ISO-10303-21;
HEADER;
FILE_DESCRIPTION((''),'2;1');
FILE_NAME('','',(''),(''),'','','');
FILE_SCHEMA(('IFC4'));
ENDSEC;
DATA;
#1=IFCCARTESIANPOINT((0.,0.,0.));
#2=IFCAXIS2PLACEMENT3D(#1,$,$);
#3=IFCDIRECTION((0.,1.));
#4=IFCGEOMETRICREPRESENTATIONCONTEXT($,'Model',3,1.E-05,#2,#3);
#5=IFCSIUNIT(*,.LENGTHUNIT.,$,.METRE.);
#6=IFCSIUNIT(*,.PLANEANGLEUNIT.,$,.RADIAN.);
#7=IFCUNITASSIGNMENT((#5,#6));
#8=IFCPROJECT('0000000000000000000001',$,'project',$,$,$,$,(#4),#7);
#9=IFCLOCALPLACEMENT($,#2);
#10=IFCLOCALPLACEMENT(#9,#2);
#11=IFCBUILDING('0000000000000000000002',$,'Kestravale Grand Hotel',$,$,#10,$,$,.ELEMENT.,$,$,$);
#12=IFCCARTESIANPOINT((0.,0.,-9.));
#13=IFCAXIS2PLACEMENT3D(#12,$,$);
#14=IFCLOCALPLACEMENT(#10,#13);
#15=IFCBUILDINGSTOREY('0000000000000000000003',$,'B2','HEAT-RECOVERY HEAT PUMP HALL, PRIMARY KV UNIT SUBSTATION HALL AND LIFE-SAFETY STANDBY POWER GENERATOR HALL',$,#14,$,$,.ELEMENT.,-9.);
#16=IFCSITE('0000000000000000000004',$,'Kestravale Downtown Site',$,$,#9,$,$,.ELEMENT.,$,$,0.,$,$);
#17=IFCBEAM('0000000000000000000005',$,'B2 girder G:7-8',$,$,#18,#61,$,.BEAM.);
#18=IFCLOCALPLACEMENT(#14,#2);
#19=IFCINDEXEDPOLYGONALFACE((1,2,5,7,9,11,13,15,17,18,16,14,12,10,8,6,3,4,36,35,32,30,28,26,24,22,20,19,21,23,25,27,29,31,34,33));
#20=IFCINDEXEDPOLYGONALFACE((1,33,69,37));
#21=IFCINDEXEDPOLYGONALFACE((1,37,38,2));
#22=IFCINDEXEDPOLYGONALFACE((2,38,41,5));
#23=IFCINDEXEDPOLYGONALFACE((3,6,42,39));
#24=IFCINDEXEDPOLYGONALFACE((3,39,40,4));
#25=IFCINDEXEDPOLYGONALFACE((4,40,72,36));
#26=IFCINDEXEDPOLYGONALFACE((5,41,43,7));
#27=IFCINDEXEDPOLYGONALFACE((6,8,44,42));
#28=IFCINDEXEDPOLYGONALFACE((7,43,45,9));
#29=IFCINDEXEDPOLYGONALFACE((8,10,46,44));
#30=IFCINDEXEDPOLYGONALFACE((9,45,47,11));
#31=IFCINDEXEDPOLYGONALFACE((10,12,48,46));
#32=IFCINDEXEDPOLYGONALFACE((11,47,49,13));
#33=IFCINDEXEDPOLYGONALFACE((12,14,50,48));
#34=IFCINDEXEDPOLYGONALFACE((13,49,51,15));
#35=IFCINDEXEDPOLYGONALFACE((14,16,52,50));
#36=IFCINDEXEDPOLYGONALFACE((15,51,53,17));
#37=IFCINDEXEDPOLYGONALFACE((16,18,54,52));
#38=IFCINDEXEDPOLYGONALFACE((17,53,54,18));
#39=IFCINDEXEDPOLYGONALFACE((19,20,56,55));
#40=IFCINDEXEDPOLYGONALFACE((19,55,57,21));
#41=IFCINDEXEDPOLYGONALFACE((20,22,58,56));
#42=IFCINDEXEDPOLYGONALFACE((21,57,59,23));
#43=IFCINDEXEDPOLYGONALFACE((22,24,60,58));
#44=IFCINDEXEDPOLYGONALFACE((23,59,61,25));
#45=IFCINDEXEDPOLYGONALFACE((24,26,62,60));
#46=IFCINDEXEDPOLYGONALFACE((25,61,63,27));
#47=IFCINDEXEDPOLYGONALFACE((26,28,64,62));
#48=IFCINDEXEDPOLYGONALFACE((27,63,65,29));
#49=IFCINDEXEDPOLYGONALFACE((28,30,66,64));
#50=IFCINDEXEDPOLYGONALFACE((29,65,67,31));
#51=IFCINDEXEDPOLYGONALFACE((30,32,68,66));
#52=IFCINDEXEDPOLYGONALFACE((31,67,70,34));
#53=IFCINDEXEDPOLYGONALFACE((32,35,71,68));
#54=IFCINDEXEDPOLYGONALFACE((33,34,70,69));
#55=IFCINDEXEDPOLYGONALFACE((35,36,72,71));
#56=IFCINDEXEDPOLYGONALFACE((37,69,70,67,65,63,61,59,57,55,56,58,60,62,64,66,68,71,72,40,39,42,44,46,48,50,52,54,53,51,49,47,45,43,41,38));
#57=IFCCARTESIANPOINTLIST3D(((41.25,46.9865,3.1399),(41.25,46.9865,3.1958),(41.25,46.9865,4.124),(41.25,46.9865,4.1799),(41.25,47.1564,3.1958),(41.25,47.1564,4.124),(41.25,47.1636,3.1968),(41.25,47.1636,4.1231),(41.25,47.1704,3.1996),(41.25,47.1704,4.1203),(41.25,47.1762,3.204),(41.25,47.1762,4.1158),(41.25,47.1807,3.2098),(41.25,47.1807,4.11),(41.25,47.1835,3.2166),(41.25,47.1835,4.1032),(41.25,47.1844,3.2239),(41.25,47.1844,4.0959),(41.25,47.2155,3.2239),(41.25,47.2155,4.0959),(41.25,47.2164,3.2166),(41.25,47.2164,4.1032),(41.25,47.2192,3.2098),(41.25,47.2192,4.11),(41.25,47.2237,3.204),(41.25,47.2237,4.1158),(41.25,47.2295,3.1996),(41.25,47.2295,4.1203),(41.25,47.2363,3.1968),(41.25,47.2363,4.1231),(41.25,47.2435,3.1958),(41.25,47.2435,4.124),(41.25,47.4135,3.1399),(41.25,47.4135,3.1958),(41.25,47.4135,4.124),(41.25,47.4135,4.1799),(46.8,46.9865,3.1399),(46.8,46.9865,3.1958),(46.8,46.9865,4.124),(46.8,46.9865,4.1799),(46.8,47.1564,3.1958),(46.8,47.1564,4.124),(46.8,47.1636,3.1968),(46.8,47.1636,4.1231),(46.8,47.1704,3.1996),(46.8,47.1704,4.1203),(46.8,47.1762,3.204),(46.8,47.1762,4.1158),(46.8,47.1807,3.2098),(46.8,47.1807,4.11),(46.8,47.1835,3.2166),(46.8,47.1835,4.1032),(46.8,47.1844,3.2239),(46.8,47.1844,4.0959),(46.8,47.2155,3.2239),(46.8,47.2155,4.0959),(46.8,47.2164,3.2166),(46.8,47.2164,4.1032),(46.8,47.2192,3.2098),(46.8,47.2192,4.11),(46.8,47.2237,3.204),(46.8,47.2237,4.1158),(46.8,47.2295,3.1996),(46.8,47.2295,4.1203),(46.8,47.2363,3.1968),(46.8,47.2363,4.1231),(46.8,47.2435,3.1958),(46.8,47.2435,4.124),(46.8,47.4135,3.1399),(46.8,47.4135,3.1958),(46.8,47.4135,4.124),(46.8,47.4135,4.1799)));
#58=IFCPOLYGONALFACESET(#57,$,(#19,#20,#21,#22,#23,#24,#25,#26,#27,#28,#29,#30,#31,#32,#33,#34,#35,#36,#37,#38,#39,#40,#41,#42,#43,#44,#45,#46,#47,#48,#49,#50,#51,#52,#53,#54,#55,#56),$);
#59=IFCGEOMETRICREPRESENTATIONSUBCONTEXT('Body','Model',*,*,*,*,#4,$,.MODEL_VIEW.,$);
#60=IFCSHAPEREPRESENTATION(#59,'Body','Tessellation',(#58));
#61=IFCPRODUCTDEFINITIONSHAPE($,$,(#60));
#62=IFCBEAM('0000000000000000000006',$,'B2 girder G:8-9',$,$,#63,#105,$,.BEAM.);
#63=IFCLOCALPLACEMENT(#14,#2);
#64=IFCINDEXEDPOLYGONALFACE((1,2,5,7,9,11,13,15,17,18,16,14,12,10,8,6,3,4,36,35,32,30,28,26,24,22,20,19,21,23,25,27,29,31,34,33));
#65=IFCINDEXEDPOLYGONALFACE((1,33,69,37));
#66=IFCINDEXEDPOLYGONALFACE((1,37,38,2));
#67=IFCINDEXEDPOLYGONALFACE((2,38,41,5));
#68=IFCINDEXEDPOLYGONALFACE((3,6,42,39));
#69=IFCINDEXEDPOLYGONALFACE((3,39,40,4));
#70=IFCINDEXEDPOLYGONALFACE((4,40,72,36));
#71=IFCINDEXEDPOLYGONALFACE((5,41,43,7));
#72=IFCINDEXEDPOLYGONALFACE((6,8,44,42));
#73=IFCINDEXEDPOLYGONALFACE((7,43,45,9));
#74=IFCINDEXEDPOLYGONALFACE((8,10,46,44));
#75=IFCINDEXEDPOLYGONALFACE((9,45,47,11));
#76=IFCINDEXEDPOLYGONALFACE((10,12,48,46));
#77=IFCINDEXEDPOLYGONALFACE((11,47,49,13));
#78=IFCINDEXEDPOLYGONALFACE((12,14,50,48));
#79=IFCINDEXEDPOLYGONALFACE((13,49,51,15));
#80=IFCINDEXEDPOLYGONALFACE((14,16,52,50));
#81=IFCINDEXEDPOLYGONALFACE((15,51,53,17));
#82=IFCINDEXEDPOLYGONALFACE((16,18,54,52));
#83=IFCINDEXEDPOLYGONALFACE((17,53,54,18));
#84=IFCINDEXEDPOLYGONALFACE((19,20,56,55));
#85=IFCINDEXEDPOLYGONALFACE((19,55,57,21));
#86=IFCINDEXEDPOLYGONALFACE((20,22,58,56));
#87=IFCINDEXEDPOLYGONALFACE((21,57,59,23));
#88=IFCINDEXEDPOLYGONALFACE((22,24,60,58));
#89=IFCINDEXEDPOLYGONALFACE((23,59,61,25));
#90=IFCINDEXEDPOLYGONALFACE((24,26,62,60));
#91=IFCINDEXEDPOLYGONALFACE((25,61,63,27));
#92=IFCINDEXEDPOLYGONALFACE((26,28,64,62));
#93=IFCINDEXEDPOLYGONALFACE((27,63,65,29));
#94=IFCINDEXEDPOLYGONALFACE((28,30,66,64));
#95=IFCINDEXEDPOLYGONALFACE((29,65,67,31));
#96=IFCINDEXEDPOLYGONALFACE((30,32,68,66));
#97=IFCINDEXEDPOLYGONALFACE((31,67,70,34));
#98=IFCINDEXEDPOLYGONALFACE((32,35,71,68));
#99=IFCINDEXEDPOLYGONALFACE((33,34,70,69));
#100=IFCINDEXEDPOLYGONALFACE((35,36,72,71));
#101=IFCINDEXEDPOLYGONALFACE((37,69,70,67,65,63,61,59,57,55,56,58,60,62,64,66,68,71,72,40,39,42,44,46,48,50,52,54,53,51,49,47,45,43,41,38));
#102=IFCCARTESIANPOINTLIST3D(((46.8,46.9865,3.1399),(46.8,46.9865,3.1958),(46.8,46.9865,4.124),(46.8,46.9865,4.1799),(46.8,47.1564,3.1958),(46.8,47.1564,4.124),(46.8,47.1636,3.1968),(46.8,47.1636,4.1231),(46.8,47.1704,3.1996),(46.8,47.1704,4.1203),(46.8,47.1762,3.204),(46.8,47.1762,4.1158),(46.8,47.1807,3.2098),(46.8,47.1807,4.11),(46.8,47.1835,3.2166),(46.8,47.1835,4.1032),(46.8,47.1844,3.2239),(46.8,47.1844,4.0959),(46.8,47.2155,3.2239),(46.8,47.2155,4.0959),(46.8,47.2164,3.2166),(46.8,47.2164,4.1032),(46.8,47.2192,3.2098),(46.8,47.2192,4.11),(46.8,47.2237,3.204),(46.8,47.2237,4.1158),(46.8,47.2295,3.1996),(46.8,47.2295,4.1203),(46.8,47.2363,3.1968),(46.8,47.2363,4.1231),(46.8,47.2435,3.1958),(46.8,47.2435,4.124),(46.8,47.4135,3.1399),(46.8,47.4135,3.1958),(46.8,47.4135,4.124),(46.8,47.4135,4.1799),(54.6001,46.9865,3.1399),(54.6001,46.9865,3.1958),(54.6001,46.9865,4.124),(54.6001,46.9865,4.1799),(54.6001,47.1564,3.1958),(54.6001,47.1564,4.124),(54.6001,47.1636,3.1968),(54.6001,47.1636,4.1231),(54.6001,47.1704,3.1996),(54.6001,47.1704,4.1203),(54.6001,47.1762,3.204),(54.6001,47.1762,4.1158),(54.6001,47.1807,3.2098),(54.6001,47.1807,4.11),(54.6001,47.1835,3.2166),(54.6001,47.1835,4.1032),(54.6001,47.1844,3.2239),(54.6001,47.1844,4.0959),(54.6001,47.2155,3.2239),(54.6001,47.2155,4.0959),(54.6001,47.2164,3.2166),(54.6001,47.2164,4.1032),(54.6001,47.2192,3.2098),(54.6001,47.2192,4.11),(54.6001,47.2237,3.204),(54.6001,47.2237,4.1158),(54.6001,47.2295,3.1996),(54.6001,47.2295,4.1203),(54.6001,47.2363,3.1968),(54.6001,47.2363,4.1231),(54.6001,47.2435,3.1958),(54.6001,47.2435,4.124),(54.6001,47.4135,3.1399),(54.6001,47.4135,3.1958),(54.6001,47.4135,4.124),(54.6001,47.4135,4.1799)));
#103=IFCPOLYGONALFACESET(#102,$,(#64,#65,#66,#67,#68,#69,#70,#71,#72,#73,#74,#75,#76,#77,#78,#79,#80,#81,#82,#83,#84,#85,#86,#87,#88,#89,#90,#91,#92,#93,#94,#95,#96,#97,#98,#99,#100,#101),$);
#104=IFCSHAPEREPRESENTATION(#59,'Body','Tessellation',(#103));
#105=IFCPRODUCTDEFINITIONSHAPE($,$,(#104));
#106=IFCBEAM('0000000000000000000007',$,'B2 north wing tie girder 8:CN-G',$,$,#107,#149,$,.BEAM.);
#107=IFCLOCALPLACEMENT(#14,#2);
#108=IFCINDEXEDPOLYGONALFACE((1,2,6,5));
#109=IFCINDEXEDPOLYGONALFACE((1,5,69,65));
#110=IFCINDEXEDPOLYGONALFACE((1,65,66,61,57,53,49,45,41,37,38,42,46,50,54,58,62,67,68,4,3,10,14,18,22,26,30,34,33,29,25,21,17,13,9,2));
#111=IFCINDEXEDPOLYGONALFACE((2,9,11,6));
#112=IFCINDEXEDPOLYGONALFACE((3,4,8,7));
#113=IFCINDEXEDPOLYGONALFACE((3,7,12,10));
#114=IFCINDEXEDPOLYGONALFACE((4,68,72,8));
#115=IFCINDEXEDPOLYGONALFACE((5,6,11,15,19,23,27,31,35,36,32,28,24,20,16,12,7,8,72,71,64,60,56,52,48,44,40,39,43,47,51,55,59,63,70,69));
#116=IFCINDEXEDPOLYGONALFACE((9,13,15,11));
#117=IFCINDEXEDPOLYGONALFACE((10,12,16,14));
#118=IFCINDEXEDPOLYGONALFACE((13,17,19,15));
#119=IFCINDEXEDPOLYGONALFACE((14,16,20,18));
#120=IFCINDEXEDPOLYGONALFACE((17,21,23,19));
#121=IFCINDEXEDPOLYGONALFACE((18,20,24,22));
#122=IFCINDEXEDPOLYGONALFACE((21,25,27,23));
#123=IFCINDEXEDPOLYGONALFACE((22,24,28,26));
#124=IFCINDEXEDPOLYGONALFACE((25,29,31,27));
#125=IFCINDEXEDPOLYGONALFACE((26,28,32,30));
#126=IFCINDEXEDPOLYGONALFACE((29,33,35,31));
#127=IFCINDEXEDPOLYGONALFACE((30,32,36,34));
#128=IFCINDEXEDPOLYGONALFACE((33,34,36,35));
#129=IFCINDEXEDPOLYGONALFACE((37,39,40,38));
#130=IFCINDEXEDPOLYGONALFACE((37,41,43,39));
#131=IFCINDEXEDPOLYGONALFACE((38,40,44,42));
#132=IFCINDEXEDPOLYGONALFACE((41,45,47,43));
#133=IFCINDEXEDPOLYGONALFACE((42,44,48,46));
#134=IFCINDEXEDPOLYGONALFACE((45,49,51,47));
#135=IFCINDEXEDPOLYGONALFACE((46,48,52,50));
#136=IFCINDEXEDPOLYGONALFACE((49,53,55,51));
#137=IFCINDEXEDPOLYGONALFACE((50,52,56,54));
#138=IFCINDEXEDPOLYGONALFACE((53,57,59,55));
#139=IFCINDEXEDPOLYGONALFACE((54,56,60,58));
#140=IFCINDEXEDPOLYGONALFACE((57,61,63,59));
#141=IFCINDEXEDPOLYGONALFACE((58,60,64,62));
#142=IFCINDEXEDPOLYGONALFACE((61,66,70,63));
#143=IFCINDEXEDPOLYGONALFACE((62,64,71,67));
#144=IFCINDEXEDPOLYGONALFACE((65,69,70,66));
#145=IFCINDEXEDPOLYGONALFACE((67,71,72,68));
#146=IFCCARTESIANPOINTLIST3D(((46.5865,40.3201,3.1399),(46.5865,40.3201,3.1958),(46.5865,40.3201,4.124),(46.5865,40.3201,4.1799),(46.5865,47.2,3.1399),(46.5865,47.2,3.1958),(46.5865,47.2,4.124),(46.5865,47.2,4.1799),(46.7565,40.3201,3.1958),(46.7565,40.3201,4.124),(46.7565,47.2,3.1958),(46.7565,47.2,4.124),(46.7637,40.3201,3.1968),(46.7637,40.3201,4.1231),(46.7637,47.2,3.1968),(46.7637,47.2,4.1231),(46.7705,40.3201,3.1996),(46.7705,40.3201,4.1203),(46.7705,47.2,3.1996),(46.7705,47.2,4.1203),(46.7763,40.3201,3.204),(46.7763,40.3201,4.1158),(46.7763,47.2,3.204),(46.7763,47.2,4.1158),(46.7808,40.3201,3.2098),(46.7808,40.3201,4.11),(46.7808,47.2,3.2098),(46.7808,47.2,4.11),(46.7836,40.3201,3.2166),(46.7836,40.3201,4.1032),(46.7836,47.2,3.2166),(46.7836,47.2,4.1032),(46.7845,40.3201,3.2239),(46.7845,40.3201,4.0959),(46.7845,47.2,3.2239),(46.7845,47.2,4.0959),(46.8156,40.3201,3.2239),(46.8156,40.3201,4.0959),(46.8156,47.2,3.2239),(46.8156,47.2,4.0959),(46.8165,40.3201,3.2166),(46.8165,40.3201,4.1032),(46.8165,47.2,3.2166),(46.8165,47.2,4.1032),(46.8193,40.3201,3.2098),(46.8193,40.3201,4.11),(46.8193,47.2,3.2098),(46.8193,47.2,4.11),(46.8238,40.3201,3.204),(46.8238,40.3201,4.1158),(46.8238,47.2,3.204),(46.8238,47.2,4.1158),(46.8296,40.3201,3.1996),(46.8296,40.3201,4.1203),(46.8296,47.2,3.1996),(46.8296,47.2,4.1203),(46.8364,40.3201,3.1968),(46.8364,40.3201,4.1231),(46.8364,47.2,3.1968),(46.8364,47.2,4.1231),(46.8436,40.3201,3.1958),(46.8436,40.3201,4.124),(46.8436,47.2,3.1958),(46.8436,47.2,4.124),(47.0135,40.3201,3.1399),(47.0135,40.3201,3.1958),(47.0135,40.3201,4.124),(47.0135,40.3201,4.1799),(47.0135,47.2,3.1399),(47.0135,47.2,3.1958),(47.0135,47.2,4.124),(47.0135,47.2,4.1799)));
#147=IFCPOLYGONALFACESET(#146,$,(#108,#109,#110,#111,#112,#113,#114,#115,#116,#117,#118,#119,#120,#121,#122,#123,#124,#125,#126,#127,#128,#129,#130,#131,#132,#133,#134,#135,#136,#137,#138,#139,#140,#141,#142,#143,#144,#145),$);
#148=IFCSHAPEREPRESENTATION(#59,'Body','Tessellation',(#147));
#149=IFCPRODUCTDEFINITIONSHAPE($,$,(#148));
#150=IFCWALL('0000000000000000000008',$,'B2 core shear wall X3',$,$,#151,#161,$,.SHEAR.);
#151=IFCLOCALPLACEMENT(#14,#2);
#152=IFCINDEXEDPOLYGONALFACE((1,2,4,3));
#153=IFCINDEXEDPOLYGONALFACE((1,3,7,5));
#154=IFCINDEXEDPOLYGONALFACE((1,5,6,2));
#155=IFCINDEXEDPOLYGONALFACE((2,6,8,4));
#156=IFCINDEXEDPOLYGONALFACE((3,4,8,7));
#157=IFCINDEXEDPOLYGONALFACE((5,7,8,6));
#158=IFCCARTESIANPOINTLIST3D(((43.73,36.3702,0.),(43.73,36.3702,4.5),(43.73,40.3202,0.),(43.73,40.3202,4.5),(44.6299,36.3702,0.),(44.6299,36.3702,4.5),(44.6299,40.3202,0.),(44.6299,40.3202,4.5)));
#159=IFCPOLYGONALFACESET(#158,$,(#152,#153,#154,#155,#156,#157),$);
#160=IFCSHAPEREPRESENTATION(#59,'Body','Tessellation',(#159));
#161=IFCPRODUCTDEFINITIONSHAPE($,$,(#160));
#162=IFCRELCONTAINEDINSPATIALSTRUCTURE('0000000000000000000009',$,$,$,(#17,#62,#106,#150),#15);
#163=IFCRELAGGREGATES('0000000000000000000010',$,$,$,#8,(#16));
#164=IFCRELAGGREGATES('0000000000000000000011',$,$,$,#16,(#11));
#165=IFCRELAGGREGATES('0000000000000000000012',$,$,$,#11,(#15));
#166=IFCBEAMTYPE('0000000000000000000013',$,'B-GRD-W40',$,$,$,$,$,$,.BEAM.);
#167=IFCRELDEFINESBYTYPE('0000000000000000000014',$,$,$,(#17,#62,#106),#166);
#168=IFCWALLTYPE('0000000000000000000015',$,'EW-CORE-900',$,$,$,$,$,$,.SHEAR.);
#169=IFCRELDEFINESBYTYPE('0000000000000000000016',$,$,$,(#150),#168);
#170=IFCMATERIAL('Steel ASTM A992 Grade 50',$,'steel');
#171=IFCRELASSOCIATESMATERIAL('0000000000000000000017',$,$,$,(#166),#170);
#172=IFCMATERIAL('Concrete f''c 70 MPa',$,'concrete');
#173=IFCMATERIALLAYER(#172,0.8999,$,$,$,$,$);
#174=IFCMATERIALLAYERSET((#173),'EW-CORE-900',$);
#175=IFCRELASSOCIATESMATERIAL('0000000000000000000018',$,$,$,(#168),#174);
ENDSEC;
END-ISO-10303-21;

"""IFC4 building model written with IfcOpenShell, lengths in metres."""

from ifc_helpers import new_model, si_unit, direction, frame, frame_2d, origin, origin_2d, place, context, subcontext, project, spatial, rectangle, i_section, extrude, material, layer, layer_set, material_profile, profile_set, type_object, element, save


model = new_model("IFC4")

# Units and contexts
model_context = context("Model", 3, precision=1e-05, world=origin(), true_north=direction((0.0, 1.0)))
body_context = subcontext(model_context, "Body", "Model", "MODEL_VIEW")
ifc_project = project(units=[si_unit("LENGTHUNIT", "METRE"), si_unit("PLANEANGLEUNIT", "RADIAN")], contexts=[model_context])

# Site, building, storey
site_placement = place(None, origin())
site = spatial("IfcSite", under=ifc_project, at=site_placement, Name="Kestravale Downtown Site", CompositionType="ELEMENT", RefElevation=0.0)
building_placement = place(site_placement, origin())
building = spatial("IfcBuilding", under=site, at=building_placement, Name="Kestravale Grand Hotel", CompositionType="ELEMENT")
storey_placement = place(building_placement, frame((0.0, 0.0, -9.0)))
storey = spatial("IfcBuildingStorey", under=building, at=storey_placement, Name="B2", Description="HEAT-RECOVERY HEAT PUMP HALL, PRIMARY KV UNIT SUBSTATION HALL AND LIFE-SAFETY STANDBY POWER GENERATOR HALL", CompositionType="ELEMENT", Elevation=-9.0)

# Beams
ifc_material_1 = material(Name="Steel ASTM A992 Grade 50", Category="steel")
ifc_material_profile_1 = material_profile(ifc_material_1, i_section(OverallWidth=0.427, OverallDepth=1.04, WebThickness=0.031, FlangeThickness=0.0559, FilletRadius=0.0281, at=origin_2d()))
ifc_profile_set_1 = profile_set([ifc_material_profile_1], Name="Steel ASTM A992 Grade 50")
beam_type = type_object("IfcBeamType", Name="B-GRD-W40", PredefinedType="BEAM", material=ifc_profile_set_1)
beam_1_placement = place(storey_placement, frame((41.25, 47.2, 3.6599), z_axis=(1.0, 0.0, 0.0), x_axis=(0.0, 1.0, 0.0)))
element("IfcBeam", 1, at=beam_1_placement, inside=storey, type_object=beam_type, Name="B2 girder G:7-8", PredefinedType="BEAM", context=body_context, shape_type="SweptSolid", body=[
    extrude(i_section(OverallWidth=0.427, OverallDepth=1.04, WebThickness=0.031, FlangeThickness=0.0559, FilletRadius=0.0281, at=origin_2d()), origin(), (0.0, 0.0, 1.0), 5.55),
])
beam_2_placement = place(storey_placement, frame((46.8, 47.2, 3.6599), z_axis=(1.0, 0.0, 0.0), x_axis=(0.0, 1.0, 0.0)))
element("IfcBeam", 2, at=beam_2_placement, inside=storey, type_object=beam_type, Name="B2 girder G:8-9", PredefinedType="BEAM", context=body_context, shape_type="SweptSolid", body=[
    extrude(i_section(OverallWidth=0.427, OverallDepth=1.04, WebThickness=0.031, FlangeThickness=0.0559, FilletRadius=0.0281, at=origin_2d()), origin(), (0.0, 0.0, 1.0), 7.8),
])
beam_3_placement = place(storey_placement, frame((46.8, 40.3201, 3.6599), z_axis=(0.0, 1.0, 0.0), x_axis=(-1.0, 0.0, 0.0)))
element("IfcBeam", 3, at=beam_3_placement, inside=storey, type_object=beam_type, Name="B2 north wing tie girder 8:CN-G", PredefinedType="BEAM", context=body_context, shape_type="SweptSolid", body=[
    extrude(i_section(OverallWidth=0.427, OverallDepth=1.04, WebThickness=0.031, FlangeThickness=0.0559, FilletRadius=0.0281, at=origin_2d()), origin(), (0.0, 0.0, 1.0), 6.8799),
])

# Wall
ifc_material_2 = material(Name="Concrete f'c 70 MPa", Category="concrete")
ifc_layer_1 = layer(ifc_material_2, 0.8999)
ifc_layer_set_1 = layer_set([ifc_layer_1], Name="EW-CORE-900")
wall_type_1 = type_object("IfcWallType", Name="EW-CORE-900", PredefinedType="SHEAR", material=ifc_layer_set_1)
wall_1_placement = place(storey_placement, frame((44.1799, 36.3701, 0.0), z_axis=(0.0, 0.0, 1.0), x_axis=(0.0, 1.0, 0.0)))
element("IfcWall", 4, at=wall_1_placement, inside=storey, type_object=wall_type_1, Name="B2 core shear wall X3", PredefinedType="SHEAR", context=body_context, shape_type="SweptSolid", body=[
    extrude(rectangle(XDim=3.95, YDim=0.8999, at=frame_2d((1.9751, 0.0))), origin(), (0.0, 0.0, 1.0), 4.5),
])

save(model, "model.ifc")
